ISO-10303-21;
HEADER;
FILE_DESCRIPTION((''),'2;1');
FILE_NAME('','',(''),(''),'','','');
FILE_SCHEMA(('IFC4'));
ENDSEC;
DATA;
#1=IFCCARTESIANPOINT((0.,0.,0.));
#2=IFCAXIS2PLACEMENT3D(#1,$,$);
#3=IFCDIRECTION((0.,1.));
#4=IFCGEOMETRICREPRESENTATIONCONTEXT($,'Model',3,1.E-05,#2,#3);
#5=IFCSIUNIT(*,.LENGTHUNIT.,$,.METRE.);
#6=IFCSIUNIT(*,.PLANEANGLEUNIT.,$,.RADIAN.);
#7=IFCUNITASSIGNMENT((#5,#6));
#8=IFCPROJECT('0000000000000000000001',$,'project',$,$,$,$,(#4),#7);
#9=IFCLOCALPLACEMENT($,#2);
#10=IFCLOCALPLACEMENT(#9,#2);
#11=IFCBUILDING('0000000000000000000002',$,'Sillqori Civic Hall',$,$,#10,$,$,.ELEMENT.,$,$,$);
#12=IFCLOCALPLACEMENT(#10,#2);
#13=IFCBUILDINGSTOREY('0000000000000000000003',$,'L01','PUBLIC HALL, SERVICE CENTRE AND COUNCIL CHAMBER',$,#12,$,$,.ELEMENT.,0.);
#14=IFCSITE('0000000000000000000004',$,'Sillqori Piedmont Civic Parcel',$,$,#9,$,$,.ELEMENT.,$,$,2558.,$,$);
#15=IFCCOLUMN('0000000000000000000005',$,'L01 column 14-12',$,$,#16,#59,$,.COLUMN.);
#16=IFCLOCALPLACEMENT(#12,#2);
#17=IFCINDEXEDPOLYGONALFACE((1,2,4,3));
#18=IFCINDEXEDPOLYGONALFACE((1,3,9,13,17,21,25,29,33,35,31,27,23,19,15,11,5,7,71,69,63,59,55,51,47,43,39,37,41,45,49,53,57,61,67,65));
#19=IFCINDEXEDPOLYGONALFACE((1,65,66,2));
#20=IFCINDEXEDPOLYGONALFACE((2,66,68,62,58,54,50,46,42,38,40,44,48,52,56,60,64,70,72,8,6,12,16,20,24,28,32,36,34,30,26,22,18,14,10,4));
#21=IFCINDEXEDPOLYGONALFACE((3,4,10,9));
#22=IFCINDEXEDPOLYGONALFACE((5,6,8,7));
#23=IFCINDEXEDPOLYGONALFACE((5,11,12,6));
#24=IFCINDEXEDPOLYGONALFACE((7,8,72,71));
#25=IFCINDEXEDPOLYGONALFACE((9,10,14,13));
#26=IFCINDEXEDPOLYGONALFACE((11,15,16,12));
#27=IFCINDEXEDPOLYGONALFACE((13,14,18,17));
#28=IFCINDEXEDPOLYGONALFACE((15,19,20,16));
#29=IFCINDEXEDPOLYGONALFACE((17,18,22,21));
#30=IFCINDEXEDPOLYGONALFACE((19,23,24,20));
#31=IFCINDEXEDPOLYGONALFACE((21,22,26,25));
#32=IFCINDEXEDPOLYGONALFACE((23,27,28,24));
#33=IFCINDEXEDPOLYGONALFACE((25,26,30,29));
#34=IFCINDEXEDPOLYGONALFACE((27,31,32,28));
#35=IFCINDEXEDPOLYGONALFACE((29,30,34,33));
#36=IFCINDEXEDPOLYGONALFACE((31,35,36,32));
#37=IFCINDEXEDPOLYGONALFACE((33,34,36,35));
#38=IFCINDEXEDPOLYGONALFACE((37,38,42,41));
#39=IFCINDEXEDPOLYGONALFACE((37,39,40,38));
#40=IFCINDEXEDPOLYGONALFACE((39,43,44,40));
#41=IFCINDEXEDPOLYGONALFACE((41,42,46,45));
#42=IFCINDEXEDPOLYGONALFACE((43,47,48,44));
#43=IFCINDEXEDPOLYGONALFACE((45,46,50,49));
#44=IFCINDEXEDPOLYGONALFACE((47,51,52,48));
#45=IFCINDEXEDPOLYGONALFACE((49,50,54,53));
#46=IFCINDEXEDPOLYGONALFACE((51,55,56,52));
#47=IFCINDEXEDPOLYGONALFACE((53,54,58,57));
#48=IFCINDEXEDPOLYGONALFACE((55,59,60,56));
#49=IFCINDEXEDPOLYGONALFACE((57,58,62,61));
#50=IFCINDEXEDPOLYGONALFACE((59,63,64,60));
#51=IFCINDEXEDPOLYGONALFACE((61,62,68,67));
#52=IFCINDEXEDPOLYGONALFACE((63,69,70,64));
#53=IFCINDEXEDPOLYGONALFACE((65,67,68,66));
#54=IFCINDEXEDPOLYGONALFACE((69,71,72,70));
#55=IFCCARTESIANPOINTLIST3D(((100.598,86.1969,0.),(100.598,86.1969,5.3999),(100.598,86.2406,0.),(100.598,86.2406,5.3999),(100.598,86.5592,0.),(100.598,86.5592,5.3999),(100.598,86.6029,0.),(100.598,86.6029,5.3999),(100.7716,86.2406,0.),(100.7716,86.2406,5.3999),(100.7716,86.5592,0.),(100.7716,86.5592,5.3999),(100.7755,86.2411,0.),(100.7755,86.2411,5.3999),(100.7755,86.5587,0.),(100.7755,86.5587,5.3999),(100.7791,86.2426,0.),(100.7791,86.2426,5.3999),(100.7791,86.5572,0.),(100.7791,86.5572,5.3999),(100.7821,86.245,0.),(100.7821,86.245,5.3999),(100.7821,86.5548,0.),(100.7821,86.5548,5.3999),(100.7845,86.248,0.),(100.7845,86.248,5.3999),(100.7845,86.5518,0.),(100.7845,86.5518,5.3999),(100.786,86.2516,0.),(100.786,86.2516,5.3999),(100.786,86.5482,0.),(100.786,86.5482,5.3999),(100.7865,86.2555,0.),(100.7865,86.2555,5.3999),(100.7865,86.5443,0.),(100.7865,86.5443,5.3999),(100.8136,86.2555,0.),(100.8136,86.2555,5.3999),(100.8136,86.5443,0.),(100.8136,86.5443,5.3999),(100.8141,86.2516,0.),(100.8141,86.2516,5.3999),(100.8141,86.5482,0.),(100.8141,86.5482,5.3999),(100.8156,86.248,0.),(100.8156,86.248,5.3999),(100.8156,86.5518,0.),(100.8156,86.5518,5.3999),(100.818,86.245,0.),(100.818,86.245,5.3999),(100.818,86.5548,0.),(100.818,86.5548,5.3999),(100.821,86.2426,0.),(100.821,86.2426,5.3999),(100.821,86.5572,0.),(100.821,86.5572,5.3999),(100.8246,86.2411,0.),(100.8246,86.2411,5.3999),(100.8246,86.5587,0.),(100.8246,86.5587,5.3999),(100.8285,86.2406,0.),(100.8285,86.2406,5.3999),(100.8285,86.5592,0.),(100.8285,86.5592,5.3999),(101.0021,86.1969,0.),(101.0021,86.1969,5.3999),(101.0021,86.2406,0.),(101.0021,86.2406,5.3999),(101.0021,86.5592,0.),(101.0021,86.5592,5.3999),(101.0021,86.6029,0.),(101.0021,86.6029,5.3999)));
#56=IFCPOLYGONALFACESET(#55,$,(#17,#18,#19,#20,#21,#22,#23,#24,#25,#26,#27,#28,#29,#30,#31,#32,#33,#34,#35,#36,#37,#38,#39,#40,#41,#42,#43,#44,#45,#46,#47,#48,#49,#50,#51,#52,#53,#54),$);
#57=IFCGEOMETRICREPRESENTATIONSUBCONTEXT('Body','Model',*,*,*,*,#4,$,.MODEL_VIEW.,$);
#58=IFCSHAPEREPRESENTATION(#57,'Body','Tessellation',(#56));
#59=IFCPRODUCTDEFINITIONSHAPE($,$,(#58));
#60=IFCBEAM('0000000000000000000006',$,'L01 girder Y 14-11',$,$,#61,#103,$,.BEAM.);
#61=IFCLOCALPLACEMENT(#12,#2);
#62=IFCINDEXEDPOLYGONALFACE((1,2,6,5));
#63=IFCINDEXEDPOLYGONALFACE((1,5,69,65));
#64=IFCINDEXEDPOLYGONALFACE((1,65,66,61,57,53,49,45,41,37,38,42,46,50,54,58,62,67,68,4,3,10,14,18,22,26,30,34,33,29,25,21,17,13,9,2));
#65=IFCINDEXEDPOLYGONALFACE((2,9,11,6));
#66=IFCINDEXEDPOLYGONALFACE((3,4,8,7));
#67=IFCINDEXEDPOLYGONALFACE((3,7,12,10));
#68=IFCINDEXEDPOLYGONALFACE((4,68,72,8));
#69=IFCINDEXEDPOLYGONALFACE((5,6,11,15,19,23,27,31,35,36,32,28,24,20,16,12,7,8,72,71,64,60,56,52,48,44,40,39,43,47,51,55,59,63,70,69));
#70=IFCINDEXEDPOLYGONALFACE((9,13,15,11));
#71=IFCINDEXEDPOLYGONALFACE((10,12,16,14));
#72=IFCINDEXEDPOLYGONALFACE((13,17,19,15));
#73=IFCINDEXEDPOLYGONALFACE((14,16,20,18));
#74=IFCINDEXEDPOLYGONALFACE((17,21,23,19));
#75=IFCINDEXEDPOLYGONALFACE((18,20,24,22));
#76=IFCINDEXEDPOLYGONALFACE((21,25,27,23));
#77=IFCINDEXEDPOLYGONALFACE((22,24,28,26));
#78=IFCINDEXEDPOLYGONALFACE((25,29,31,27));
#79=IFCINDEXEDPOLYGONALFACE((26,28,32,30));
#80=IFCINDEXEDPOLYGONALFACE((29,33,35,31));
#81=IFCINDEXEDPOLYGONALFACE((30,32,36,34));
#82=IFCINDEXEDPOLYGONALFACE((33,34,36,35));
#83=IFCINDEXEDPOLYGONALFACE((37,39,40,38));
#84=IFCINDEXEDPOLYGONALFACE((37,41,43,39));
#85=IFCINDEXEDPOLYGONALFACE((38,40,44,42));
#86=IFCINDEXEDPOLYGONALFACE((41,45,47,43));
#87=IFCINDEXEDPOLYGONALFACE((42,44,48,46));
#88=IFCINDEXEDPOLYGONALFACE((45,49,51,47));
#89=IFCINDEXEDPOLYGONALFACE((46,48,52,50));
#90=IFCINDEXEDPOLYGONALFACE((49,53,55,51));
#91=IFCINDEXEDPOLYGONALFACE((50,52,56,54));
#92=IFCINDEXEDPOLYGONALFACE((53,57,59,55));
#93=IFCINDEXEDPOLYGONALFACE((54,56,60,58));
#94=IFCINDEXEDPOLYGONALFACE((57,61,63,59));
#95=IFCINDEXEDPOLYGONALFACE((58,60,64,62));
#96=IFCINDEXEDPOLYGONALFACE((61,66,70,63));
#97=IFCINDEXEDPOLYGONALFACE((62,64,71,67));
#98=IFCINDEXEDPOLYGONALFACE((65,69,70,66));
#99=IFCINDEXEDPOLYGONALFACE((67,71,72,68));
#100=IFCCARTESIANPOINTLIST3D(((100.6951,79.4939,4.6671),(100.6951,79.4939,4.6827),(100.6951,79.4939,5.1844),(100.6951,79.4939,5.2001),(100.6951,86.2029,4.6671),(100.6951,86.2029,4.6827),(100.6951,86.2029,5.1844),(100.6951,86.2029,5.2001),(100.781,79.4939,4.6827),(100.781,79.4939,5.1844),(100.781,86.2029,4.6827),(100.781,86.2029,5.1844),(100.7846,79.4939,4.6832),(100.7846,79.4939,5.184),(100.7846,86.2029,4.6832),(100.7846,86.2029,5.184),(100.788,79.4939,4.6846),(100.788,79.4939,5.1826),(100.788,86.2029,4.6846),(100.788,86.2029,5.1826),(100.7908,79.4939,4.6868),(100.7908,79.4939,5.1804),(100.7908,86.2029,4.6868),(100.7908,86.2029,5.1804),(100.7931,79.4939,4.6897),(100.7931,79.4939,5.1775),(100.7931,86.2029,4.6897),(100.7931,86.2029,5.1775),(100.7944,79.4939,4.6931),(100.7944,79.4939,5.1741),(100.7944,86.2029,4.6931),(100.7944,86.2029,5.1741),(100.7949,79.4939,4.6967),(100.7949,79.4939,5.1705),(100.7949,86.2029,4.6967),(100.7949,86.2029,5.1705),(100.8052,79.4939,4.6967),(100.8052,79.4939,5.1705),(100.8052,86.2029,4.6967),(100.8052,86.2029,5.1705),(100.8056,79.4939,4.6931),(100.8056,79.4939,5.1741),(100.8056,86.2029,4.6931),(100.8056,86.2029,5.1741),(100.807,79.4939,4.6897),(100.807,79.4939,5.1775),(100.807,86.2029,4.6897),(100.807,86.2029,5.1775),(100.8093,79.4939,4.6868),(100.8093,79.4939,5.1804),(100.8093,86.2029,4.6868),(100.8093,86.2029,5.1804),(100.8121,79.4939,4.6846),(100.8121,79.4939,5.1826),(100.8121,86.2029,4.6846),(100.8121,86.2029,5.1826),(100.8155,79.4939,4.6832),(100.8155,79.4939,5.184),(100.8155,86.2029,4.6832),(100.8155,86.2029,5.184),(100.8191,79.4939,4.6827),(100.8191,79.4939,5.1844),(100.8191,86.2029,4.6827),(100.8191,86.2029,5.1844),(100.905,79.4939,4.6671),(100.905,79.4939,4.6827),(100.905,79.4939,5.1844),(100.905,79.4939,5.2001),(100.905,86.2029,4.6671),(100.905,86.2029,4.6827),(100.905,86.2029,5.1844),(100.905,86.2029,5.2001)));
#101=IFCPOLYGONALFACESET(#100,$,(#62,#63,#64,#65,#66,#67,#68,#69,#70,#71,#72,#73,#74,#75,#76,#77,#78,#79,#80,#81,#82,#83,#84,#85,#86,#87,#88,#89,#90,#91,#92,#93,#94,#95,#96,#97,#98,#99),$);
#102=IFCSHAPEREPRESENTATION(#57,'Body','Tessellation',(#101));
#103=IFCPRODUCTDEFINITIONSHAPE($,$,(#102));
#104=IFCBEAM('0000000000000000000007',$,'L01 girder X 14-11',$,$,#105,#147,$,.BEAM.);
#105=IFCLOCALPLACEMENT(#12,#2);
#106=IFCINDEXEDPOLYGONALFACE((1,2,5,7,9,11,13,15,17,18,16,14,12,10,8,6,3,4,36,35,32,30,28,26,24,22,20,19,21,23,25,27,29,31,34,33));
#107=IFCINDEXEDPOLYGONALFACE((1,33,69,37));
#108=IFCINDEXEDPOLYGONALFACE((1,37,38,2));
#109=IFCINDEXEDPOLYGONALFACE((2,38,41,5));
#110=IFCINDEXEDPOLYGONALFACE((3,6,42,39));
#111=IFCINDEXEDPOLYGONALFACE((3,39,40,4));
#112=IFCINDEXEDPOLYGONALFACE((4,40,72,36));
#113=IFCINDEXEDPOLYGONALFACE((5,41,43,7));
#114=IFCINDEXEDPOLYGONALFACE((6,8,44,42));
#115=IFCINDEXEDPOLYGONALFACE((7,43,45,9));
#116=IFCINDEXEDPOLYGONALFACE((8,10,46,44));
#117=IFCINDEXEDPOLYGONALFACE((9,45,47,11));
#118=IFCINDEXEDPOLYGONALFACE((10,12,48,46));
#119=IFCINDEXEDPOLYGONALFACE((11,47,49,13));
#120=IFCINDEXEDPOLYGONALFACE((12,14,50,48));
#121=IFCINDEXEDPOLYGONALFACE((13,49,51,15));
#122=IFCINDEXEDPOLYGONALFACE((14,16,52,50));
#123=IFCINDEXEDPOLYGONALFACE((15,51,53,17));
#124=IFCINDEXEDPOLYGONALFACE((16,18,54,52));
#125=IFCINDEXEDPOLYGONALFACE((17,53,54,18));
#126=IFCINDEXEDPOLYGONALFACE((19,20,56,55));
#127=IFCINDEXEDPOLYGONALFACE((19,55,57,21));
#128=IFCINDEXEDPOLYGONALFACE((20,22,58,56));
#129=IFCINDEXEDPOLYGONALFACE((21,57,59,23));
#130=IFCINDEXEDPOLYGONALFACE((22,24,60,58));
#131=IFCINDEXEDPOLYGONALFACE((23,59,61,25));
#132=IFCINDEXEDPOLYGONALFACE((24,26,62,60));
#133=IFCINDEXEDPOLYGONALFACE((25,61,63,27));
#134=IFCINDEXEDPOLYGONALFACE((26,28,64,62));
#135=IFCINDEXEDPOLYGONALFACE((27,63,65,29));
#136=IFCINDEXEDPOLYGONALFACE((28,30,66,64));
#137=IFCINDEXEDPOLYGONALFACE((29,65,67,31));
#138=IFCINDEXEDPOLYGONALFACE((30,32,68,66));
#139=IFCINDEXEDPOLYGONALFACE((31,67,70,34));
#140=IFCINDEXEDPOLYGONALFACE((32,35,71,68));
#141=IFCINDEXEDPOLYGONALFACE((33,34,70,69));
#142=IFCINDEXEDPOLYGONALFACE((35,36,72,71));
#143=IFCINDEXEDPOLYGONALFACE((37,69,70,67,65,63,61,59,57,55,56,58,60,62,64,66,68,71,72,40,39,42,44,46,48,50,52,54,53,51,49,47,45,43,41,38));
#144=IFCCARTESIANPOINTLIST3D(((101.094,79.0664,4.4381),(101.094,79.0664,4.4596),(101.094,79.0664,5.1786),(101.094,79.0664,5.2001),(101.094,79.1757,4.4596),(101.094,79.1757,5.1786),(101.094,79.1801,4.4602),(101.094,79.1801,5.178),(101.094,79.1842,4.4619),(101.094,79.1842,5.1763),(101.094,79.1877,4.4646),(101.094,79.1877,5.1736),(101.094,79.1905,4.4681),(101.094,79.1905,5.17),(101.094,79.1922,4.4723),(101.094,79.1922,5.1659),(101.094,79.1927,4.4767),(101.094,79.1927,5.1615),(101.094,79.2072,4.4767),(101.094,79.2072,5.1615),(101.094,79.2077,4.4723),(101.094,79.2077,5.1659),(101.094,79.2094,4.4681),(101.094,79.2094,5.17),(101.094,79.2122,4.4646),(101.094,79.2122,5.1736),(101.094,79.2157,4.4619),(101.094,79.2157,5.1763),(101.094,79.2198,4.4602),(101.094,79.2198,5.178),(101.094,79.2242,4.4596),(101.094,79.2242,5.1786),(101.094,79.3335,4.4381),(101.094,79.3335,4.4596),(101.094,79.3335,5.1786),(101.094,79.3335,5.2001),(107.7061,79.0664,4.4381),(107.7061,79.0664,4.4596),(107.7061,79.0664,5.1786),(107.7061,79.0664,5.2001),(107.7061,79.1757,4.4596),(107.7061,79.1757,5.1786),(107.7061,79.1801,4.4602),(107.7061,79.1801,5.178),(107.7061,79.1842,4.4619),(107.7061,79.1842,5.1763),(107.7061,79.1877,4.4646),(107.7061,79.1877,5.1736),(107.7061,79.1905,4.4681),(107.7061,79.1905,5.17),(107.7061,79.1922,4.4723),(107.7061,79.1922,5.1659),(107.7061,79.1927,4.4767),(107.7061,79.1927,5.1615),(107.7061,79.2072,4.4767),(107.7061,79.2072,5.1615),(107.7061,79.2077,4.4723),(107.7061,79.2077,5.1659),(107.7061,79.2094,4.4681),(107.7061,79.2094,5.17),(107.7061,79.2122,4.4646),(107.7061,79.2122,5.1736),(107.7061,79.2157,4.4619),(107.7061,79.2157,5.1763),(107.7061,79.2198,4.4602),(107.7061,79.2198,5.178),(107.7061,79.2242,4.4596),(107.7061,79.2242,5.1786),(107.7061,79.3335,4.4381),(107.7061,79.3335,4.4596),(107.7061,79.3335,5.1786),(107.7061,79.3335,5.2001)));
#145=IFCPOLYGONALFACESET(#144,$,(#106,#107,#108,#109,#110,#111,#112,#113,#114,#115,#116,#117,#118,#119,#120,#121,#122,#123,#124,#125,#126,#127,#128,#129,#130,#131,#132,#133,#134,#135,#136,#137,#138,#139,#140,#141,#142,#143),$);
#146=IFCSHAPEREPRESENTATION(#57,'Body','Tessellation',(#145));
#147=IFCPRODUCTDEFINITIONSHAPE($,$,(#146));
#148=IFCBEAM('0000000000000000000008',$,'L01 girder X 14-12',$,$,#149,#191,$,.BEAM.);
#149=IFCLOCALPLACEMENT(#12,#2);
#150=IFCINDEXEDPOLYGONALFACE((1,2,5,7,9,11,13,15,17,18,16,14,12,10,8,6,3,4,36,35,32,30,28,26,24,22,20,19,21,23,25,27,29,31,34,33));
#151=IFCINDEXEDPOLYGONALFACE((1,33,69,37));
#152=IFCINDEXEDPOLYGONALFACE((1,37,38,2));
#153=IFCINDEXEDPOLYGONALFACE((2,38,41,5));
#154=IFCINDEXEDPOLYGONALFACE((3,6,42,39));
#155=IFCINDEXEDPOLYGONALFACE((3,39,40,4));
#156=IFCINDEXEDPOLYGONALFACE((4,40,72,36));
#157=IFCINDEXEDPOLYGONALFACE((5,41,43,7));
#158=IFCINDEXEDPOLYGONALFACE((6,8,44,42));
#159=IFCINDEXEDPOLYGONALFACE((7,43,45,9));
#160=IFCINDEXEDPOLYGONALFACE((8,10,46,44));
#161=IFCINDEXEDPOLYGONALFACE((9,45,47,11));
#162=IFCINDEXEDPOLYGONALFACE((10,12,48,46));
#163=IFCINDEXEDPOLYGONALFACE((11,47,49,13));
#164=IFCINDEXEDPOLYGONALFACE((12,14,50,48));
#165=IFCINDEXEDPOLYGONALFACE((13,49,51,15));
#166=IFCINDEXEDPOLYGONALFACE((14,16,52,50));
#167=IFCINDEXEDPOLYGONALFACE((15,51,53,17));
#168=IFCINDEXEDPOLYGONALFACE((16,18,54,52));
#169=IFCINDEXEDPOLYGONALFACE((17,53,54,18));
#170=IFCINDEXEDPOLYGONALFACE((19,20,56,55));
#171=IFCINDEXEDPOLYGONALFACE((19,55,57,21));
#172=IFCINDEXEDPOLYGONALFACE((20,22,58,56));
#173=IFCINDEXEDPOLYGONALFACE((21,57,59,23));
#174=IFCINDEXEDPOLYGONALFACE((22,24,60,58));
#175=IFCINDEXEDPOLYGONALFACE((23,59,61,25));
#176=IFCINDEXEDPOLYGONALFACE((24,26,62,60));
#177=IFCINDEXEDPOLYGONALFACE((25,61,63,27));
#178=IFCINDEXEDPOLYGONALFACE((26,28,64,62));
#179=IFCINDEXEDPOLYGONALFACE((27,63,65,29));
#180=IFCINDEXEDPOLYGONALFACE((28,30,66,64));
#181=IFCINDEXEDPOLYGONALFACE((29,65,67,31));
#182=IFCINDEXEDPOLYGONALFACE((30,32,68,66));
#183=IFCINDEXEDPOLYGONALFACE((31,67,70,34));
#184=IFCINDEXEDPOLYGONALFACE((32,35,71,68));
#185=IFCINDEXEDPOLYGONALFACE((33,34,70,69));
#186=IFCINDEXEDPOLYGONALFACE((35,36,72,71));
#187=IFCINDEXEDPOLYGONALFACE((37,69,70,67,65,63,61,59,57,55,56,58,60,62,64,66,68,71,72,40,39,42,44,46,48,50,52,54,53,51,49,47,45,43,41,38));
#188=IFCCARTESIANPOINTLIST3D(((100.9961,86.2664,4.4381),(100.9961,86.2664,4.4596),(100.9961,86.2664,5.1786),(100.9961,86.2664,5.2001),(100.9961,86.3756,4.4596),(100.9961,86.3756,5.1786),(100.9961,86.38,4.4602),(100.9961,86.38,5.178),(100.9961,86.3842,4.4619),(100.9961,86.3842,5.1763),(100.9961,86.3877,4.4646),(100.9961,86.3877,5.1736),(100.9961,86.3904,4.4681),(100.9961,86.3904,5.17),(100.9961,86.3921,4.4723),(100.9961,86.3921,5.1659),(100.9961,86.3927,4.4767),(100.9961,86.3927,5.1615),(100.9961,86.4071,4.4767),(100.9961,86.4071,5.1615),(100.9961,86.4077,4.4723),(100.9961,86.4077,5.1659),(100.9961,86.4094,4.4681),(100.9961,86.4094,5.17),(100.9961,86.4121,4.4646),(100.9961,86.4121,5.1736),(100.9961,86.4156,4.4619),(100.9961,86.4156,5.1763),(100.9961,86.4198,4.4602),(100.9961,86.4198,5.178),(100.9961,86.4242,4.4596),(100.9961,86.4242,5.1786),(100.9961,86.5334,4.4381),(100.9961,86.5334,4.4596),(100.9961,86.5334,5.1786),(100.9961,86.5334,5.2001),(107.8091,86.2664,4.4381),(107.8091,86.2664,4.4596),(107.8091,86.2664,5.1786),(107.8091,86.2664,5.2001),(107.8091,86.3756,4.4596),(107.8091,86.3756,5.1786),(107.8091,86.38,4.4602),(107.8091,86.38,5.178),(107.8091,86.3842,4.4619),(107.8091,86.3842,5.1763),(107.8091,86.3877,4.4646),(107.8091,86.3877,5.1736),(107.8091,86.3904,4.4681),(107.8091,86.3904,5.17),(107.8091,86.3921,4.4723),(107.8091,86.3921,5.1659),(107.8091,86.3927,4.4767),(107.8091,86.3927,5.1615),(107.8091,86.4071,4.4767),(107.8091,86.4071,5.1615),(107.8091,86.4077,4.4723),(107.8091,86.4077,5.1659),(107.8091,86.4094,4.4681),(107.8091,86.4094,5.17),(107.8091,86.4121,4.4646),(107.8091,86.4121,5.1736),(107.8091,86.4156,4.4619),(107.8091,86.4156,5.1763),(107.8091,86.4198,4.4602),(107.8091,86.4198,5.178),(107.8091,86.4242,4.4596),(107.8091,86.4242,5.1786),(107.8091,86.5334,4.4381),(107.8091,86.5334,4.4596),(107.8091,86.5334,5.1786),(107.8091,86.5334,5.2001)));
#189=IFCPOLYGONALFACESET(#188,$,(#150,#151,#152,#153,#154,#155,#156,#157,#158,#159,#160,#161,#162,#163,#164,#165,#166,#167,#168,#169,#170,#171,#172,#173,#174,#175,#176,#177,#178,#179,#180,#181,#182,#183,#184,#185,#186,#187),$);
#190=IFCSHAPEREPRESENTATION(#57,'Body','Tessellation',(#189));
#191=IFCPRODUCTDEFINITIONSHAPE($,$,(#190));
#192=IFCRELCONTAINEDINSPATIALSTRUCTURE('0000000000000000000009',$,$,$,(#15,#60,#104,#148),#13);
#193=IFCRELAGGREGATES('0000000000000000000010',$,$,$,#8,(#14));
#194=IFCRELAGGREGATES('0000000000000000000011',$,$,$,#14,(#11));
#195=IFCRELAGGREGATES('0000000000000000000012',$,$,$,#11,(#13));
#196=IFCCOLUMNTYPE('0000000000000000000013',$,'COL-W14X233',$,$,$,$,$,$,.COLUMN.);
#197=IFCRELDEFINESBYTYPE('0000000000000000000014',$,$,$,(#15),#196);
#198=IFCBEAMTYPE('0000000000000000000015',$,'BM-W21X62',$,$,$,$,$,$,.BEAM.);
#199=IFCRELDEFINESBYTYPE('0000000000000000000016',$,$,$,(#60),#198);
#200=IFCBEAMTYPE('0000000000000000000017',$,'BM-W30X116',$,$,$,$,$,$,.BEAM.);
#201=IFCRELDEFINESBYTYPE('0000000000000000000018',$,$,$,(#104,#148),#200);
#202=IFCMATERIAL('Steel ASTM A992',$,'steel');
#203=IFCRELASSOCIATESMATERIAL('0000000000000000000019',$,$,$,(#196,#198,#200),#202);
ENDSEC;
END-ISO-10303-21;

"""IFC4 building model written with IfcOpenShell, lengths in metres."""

from ifc_helpers import new_model, si_unit, direction, frame, origin, origin_2d, place, context, subcontext, project, spatial, i_section, extrude, material, material_profile, profile_set, type_object, element, save


model = new_model("IFC4")

# Units and contexts
model_context = context("Model", 3, precision=1e-05, world=origin(), true_north=direction((0.0, 1.0)))
body_context = subcontext(model_context, "Body", "Model", "MODEL_VIEW")
ifc_project = project(units=[si_unit("LENGTHUNIT", "METRE"), si_unit("PLANEANGLEUNIT", "RADIAN")], contexts=[model_context])

# Site, building, storey
site_placement = place(None, origin())
site = spatial("IfcSite", under=ifc_project, at=site_placement, Name="Sillqori Piedmont Civic Parcel", CompositionType="ELEMENT", RefElevation=2558.0)
building_placement = place(site_placement, origin())
building = spatial("IfcBuilding", under=site, at=building_placement, Name="Sillqori Civic Hall", CompositionType="ELEMENT")
storey_placement = place(building_placement, origin())
storey = spatial("IfcBuildingStorey", under=building, at=storey_placement, Name="L01", Description="PUBLIC HALL, SERVICE CENTRE AND COUNCIL CHAMBER", CompositionType="ELEMENT", Elevation=0.0)

# Column
ifc_material_1 = material(Name="Steel ASTM A992", Category="steel")
ifc_material_profile_1 = material_profile(ifc_material_1, i_section(OverallWidth=0.4041, OverallDepth=0.406, WebThickness=0.0271, FlangeThickness=0.0437, FilletRadius=0.0149, at=origin_2d()), Name="W14X233")
ifc_profile_set_1 = profile_set([ifc_material_profile_1], Name="Steel ASTM A992")
column_type = type_object("IfcColumnType", Name="COL-W14X233", PredefinedType="COLUMN", material=ifc_profile_set_1)
column_placement = place(storey_placement, frame((100.8, 86.3999, 0.0), z_axis=(0.0, 0.0, 1.0), x_axis=(1.0, 0.0, 0.0)))
element("IfcColumn", 1, at=column_placement, inside=storey, type_object=column_type, Name="L01 column 14-12", PredefinedType="COLUMN", context=body_context, shape_type="SweptSolid", body=[
    extrude(i_section(OverallWidth=0.4041, OverallDepth=0.406, WebThickness=0.0271, FlangeThickness=0.0437, FilletRadius=0.0149, at=origin_2d()), origin(), (0.0, 0.0, 1.0), 5.3999),
])

# Beams
ifc_material_profile_2 = material_profile(ifc_material_1, i_section(OverallWidth=0.21, OverallDepth=0.533, WebThickness=0.0103, FlangeThickness=0.0156, FilletRadius=0.0139, at=origin_2d()), Name="W21X62")
ifc_profile_set_2 = profile_set([ifc_material_profile_2], Name="Steel ASTM A992")
beam_type_1 = type_object("IfcBeamType", Name="BM-W21X62", PredefinedType="BEAM", material=ifc_profile_set_2)
beam_1_placement = place(storey_placement, frame((100.8, 79.4939, 4.9336), z_axis=(0.0, 1.0, 0.0), x_axis=(-1.0, 0.0, 0.0)))
element("IfcBeam", 2, at=beam_1_placement, inside=storey, type_object=beam_type_1, Name="L01 girder Y 14-11", PredefinedType="BEAM", context=body_context, shape_type="SweptSolid", body=[
    extrude(i_section(OverallWidth=0.21, OverallDepth=0.533, WebThickness=0.0103, FlangeThickness=0.0156, FilletRadius=0.0139, at=origin_2d()), origin(), (0.0, 0.0, 1.0), 6.709),
])
ifc_material_profile_3 = material_profile(ifc_material_1, i_section(OverallWidth=0.2671, OverallDepth=0.762, WebThickness=0.0144, FlangeThickness=0.0215, FilletRadius=0.0171, at=origin_2d()), Name="W30X116")
ifc_profile_set_3 = profile_set([ifc_material_profile_3], Name="Steel ASTM A992")
beam_type_2 = type_object("IfcBeamType", Name="BM-W30X116", PredefinedType="BEAM", material=ifc_profile_set_3)
beam_2_placement = place(storey_placement, frame((101.094, 79.2, 4.8191), z_axis=(1.0, 0.0, 0.0), x_axis=(0.0, 1.0, 0.0)))
element("IfcBeam", 3, at=beam_2_placement, inside=storey, type_object=beam_type_2, Name="L01 girder X 14-11", PredefinedType="BEAM", context=body_context, shape_type="SweptSolid", body=[
    extrude(i_section(OverallWidth=0.2671, OverallDepth=0.762, WebThickness=0.0144, FlangeThickness=0.0215, FilletRadius=0.0171, at=origin_2d()), origin(), (0.0, 0.0, 1.0), 6.6121),
])
beam_3_placement = place(storey_placement, frame((100.9961, 86.3999, 4.8191), z_axis=(1.0, 0.0, 0.0), x_axis=(0.0, 1.0, 0.0)))
element("IfcBeam", 4, at=beam_3_placement, inside=storey, type_object=beam_type_2, Name="L01 girder X 14-12", PredefinedType="BEAM", context=body_context, shape_type="SweptSolid", body=[
    extrude(i_section(OverallWidth=0.2671, OverallDepth=0.762, WebThickness=0.0144, FlangeThickness=0.0215, FilletRadius=0.0171, at=origin_2d()), origin(), (0.0, 0.0, 1.0), 6.813),
])

save(model, "model.ifc")
